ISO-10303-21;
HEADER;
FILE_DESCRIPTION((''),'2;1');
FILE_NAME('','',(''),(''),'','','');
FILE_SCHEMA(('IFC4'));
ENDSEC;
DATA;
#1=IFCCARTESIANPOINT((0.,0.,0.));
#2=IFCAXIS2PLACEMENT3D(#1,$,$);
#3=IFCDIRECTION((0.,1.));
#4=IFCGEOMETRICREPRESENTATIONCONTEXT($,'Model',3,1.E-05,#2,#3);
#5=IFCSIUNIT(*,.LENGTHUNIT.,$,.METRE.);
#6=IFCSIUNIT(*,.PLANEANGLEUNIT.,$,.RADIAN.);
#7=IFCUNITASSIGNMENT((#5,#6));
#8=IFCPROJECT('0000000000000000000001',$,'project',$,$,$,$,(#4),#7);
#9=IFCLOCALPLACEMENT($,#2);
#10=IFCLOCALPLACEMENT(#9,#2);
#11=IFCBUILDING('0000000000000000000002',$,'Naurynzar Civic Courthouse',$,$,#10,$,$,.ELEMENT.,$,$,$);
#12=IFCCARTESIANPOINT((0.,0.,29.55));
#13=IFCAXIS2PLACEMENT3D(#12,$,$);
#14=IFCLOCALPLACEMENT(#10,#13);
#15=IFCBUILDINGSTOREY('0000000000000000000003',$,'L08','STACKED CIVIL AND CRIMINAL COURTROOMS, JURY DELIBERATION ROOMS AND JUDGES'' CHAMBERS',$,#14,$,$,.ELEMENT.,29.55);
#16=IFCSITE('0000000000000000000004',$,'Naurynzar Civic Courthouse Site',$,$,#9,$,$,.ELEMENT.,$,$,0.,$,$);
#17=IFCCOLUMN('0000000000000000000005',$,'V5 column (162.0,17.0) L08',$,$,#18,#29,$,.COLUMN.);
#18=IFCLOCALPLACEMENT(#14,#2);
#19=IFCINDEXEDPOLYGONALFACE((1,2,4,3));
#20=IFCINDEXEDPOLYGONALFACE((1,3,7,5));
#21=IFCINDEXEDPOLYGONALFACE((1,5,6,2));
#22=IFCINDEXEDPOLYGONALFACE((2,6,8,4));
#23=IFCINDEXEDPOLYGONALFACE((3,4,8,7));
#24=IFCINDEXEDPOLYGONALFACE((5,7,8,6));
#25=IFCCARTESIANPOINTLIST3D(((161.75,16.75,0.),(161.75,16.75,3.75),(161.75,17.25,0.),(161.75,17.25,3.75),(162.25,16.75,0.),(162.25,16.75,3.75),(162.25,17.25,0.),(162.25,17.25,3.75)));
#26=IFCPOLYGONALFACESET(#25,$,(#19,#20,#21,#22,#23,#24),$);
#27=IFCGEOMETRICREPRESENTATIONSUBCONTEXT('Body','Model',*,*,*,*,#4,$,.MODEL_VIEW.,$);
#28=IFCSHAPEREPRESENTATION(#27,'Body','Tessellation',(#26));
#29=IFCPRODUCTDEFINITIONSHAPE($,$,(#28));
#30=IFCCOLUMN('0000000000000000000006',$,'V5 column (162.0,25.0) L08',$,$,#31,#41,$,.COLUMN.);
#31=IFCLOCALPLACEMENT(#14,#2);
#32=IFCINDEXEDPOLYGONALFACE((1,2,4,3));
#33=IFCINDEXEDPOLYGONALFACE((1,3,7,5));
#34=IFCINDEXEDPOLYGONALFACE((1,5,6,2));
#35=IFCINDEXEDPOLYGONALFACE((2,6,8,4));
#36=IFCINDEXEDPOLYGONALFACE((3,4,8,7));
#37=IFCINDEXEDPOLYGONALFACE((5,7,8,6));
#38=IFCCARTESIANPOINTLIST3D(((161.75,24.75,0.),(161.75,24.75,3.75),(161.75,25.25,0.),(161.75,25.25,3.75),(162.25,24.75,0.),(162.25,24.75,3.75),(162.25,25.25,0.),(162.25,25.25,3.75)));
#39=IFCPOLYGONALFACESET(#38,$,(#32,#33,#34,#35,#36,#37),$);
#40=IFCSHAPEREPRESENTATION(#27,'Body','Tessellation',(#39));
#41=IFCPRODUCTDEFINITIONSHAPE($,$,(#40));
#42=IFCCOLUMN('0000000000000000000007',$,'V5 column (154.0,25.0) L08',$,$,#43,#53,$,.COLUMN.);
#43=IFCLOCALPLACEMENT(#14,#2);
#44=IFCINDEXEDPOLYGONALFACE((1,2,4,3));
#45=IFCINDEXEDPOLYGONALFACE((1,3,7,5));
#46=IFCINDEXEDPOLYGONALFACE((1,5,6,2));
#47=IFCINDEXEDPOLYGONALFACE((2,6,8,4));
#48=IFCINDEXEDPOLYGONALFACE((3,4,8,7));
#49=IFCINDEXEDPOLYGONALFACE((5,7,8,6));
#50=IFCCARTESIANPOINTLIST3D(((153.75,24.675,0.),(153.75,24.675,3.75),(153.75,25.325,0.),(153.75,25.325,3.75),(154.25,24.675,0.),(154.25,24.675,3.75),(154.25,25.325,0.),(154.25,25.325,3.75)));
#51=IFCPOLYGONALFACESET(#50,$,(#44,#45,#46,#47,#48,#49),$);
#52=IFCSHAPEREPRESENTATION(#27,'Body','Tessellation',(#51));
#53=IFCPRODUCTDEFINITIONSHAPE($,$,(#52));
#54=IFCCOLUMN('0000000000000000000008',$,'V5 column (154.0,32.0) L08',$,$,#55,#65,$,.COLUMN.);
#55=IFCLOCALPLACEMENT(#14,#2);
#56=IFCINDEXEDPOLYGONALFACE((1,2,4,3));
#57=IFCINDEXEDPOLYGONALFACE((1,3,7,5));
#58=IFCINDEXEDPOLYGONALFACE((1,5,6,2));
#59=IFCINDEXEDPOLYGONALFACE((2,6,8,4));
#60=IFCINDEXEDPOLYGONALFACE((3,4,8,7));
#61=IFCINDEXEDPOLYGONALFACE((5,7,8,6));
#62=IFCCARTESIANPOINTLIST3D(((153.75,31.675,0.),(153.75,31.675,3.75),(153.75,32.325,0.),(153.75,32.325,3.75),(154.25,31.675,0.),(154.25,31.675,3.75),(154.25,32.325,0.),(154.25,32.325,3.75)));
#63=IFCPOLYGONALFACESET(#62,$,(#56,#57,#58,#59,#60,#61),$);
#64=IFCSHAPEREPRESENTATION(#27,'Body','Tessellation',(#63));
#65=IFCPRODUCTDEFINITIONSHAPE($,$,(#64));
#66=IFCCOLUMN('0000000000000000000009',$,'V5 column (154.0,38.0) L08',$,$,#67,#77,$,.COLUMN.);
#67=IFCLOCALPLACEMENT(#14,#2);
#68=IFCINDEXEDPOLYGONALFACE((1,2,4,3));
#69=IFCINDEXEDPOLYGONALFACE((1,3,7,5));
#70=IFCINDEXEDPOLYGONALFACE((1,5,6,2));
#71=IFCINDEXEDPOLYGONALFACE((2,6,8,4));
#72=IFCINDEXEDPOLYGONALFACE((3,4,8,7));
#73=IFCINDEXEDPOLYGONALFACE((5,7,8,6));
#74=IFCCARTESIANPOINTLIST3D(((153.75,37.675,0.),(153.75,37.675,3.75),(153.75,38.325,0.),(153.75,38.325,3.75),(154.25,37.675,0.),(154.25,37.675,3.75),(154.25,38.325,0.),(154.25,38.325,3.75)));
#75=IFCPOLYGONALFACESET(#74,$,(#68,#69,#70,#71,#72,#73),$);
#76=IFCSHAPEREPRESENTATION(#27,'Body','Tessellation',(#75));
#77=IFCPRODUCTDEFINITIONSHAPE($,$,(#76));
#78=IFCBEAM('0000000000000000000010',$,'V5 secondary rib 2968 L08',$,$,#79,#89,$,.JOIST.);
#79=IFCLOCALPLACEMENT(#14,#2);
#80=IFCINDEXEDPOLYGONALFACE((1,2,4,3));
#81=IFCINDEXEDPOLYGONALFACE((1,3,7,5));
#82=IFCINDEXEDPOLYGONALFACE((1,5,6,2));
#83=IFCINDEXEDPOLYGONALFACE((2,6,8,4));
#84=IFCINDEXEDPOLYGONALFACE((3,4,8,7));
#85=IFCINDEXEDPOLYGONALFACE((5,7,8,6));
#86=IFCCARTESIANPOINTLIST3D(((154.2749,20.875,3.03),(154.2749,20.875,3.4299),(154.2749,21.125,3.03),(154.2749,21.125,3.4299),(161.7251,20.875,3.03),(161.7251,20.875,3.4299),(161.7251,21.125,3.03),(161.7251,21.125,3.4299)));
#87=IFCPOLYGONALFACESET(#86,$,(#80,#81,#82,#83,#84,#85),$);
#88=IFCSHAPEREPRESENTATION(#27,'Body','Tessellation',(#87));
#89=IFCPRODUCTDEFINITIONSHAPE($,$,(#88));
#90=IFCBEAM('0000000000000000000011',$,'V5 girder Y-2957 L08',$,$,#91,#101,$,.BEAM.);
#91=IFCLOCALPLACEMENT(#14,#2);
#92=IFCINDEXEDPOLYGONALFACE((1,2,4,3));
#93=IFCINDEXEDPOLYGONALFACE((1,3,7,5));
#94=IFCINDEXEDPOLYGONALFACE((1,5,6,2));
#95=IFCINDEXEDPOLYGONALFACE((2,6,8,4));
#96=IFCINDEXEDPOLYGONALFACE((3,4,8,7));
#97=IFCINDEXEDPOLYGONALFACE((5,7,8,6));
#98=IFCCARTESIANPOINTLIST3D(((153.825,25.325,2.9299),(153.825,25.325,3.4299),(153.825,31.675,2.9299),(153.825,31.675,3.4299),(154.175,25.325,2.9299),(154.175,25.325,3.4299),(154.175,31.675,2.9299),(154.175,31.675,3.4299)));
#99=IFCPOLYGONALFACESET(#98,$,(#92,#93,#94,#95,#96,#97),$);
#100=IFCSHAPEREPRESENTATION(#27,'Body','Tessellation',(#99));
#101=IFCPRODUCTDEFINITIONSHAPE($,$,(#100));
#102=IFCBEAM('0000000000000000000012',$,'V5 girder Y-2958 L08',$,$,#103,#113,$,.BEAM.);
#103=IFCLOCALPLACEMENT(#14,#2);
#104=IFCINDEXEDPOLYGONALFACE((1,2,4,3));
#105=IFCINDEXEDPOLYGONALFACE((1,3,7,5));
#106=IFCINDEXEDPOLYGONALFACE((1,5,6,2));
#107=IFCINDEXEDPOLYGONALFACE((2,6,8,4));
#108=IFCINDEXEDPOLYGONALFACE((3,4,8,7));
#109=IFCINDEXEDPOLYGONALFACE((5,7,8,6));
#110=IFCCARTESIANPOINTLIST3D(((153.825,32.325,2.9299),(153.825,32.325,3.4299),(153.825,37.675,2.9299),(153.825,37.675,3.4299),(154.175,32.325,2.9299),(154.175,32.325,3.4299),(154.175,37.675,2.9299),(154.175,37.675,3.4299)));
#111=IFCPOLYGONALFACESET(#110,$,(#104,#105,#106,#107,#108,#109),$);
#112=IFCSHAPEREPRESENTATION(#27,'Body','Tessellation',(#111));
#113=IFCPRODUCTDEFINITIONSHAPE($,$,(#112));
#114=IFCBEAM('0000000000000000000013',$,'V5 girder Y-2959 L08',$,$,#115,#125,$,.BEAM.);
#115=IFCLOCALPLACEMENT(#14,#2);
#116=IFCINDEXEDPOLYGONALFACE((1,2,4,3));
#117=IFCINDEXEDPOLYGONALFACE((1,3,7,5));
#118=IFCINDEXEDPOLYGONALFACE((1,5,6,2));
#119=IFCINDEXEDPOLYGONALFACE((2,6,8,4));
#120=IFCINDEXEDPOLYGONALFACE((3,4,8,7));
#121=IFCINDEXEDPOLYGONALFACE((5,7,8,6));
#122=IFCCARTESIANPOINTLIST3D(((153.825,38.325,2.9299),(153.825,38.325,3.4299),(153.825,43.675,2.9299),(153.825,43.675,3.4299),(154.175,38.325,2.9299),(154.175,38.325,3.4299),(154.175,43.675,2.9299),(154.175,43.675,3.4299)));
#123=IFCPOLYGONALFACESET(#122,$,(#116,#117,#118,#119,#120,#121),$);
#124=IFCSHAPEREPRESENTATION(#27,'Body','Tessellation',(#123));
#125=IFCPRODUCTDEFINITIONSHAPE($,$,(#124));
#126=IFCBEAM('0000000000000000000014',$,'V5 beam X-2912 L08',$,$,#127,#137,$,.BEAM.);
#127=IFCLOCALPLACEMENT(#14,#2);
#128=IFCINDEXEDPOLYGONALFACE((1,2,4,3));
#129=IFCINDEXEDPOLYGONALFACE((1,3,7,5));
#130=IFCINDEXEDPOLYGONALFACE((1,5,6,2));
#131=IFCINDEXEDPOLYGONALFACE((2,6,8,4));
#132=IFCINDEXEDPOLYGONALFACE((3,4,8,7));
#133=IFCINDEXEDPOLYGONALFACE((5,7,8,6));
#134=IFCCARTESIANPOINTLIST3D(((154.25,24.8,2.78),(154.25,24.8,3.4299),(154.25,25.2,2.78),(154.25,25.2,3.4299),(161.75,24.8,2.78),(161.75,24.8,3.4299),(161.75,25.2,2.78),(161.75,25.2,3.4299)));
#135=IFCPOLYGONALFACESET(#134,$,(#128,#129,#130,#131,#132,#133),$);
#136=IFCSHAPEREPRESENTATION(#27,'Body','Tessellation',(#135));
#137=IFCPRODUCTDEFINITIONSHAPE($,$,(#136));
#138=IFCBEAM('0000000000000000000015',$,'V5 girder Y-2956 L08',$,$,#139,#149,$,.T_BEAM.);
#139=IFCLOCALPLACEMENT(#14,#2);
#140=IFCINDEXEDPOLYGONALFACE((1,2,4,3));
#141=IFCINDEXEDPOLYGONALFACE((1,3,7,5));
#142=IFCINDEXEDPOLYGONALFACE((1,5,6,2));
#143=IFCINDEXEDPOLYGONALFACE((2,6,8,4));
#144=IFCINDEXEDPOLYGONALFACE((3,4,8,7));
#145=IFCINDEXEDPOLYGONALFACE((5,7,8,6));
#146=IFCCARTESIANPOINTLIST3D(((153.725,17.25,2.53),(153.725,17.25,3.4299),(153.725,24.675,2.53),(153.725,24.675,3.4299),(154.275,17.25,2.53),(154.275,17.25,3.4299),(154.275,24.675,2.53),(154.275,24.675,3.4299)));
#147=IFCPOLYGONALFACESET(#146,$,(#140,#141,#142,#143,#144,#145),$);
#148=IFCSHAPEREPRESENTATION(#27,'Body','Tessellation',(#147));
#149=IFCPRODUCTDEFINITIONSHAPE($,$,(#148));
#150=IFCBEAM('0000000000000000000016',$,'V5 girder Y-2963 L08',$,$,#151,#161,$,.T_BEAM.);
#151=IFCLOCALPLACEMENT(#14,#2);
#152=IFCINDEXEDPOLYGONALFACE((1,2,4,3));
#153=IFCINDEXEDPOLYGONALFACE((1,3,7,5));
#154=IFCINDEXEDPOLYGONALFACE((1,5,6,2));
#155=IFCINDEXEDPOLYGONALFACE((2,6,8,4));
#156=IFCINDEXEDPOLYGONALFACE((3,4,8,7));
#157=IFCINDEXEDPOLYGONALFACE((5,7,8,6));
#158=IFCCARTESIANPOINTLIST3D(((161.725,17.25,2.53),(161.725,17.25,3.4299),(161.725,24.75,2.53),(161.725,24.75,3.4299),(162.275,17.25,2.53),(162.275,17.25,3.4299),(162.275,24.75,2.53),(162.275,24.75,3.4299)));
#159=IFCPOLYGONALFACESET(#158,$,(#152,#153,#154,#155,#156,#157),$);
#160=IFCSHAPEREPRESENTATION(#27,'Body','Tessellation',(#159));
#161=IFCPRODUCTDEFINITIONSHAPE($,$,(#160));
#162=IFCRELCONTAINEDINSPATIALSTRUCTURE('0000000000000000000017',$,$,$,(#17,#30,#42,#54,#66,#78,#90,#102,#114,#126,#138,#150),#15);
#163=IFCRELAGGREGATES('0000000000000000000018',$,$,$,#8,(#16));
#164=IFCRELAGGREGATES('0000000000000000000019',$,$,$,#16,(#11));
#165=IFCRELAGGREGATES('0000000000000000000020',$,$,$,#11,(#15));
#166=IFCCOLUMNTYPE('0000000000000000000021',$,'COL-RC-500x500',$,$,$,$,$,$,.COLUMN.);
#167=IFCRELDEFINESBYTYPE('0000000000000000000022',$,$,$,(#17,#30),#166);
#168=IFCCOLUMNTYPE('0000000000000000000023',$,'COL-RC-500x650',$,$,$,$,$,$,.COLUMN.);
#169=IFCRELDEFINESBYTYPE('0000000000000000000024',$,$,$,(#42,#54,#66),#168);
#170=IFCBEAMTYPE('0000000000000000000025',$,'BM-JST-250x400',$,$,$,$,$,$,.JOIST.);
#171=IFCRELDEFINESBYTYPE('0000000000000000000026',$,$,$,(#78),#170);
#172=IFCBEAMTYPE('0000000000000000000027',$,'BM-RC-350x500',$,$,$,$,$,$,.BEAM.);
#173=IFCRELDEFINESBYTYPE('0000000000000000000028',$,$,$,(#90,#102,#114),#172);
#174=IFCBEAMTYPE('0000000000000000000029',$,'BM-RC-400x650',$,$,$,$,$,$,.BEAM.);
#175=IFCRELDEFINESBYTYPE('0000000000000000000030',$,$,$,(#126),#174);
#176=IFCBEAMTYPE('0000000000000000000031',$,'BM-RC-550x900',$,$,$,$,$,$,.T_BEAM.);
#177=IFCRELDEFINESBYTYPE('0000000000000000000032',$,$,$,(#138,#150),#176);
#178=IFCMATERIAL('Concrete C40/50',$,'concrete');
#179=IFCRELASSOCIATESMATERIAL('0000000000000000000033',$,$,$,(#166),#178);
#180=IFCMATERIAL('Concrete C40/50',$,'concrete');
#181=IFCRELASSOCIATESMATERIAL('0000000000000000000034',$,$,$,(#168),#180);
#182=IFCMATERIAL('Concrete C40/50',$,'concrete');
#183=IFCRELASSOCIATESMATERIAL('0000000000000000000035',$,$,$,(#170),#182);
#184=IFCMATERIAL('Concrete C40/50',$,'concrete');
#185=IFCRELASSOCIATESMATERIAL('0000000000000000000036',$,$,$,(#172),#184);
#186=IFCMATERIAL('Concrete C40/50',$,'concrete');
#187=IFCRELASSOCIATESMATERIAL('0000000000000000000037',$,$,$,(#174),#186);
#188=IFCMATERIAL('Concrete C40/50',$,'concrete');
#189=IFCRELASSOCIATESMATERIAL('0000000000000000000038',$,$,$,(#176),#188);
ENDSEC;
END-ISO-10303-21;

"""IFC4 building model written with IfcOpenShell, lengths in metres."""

from ifc_helpers import new_model, si_unit, direction, frame, origin, origin_2d, place, context, subcontext, project, spatial, rectangle, extrude, material, material_profile, profile_set, type_object, element, save


model = new_model("IFC4")

# Units and contexts
model_context = context("Model", 3, precision=1e-05, world=origin(), true_north=direction((0.0, 1.0)))
body_context = subcontext(model_context, "Body", "Model", "MODEL_VIEW")
ifc_project = project(units=[si_unit("LENGTHUNIT", "METRE"), si_unit("PLANEANGLEUNIT", "RADIAN")], contexts=[model_context])

# Site, building, storey
site_placement = place(None, origin())
site = spatial("IfcSite", under=ifc_project, at=site_placement, Name="Naurynzar Civic Courthouse Site", CompositionType="ELEMENT", RefElevation=0.0)
building_placement = place(site_placement, origin())
building = spatial("IfcBuilding", under=site, at=building_placement, Name="Naurynzar Civic Courthouse", CompositionType="ELEMENT")
storey_placement = place(building_placement, frame((0.0, 0.0, 29.55)))
storey = spatial("IfcBuildingStorey", under=building, at=storey_placement, Name="L08", Description="STACKED CIVIL AND CRIMINAL COURTROOMS, JURY DELIBERATION ROOMS AND JUDGES' CHAMBERS", CompositionType="ELEMENT", Elevation=29.55)

# Columns
ifc_material_1 = material(Name="Concrete C40/50", Category="concrete")
ifc_material_profile_1 = material_profile(ifc_material_1, rectangle(XDim=0.5, YDim=0.5, at=origin_2d()), Name="RC 500x500")
ifc_profile_set_1 = profile_set([ifc_material_profile_1], Name="Concrete C40/50")
column_type_1 = type_object("IfcColumnType", Name="COL-RC-500x500", PredefinedType="COLUMN", material=ifc_profile_set_1)
for number, where, z_axis, x_axis, name in (
    (1, (162.0, 17.0, 0.0), (0.0, 0.0, 1.0), (1.0, 0.0, 0.0), "V5 column (162.0,17.0) L08"),
    (2, (162.0, 25.0, 0.0), (0.0, 0.0, 1.0), (1.0, 0.0, 0.0), "V5 column (162.0,25.0) L08"),
):
    element("IfcColumn", number, at=place(storey_placement, frame(where, z_axis=z_axis, x_axis=x_axis)), inside=storey, type_object=column_type_1, Name=name, PredefinedType="COLUMN", context=body_context, shape_type="SweptSolid", body=[
        extrude(rectangle(XDim=0.5, YDim=0.5, at=origin_2d()), origin(), (0.0, 0.0, 1.0), 3.75),
    ])
ifc_material_2 = material(Name="Concrete C40/50", Category="concrete")
ifc_material_profile_2 = material_profile(ifc_material_2, rectangle(XDim=0.5, YDim=0.6499, at=origin_2d()), Name="RC 500x650")
ifc_profile_set_2 = profile_set([ifc_material_profile_2], Name="Concrete C40/50")
column_type_2 = type_object("IfcColumnType", Name="COL-RC-500x650", PredefinedType="COLUMN", material=ifc_profile_set_2)
for number, where, z_axis, x_axis, name in (
    (3, (154.0, 25.0, 0.0), (0.0, 0.0, 1.0), (1.0, 0.0, 0.0), "V5 column (154.0,25.0) L08"),
    (4, (154.0, 32.0, 0.0), (0.0, 0.0, 1.0), (1.0, 0.0, 0.0), "V5 column (154.0,32.0) L08"),
    (5, (154.0, 38.0, 0.0), (0.0, 0.0, 1.0), (1.0, 0.0, 0.0), "V5 column (154.0,38.0) L08"),
):
    element("IfcColumn", number, at=place(storey_placement, frame(where, z_axis=z_axis, x_axis=x_axis)), inside=storey, type_object=column_type_2, Name=name, PredefinedType="COLUMN", context=body_context, shape_type="SweptSolid", body=[
        extrude(rectangle(XDim=0.5, YDim=0.6499, at=origin_2d()), origin(), (0.0, 0.0, 1.0), 3.75),
    ])

# Beams
ifc_material_3 = material(Name="Concrete C40/50", Category="concrete")
ifc_material_profile_3 = material_profile(ifc_material_3, rectangle(XDim=0.25, YDim=0.3999, at=origin_2d()), Name="RCB 250x400")
ifc_profile_set_3 = profile_set([ifc_material_profile_3], Name="Concrete C40/50")
beam_type_1 = type_object("IfcBeamType", Name="BM-JST-250x400", PredefinedType="JOIST", material=ifc_profile_set_3)
beam_1_placement = place(storey_placement, frame((154.2749, 21.0, 3.23), z_axis=(1.0, 0.0, 0.0), x_axis=(0.0, 1.0, 0.0)))
element("IfcBeam", 6, at=beam_1_placement, inside=storey, type_object=beam_type_1, Name="V5 secondary rib 2968 L08", PredefinedType="JOIST", context=body_context, shape_type="SweptSolid", body=[
    extrude(rectangle(XDim=0.25, YDim=0.3999, at=origin_2d()), origin(), (0.0, 0.0, 1.0), 7.4502),
])
ifc_material_4 = material(Name="Concrete C40/50", Category="concrete")
ifc_material_profile_4 = material_profile(ifc_material_4, rectangle(XDim=0.3501, YDim=0.5, at=origin_2d()), Name="RCB 350x500")
ifc_profile_set_4 = profile_set([ifc_material_profile_4], Name="Concrete C40/50")
beam_type_2 = type_object("IfcBeamType", Name="BM-RC-350x500", PredefinedType="BEAM", material=ifc_profile_set_4)
beam_2_placement = place(storey_placement, frame((154.0, 25.325, 3.1799), z_axis=(0.0, 1.0, 0.0), x_axis=(-1.0, 0.0, 0.0)))
element("IfcBeam", 7, at=beam_2_placement, inside=storey, type_object=beam_type_2, Name="V5 girder Y-2957 L08", PredefinedType="BEAM", context=body_context, shape_type="SweptSolid", body=[
    extrude(rectangle(XDim=0.3501, YDim=0.5, at=origin_2d()), origin(), (0.0, 0.0, 1.0), 6.3501),
])
for number, where, z_axis, x_axis, name in (
    (8, (154.0, 32.325, 3.1799), (0.0, 1.0, 0.0), (-1.0, 0.0, 0.0), "V5 girder Y-2958 L08"),
    (9, (154.0, 38.325, 3.1799), (0.0, 1.0, 0.0), (-1.0, 0.0, 0.0), "V5 girder Y-2959 L08"),
):
    element("IfcBeam", number, at=place(storey_placement, frame(where, z_axis=z_axis, x_axis=x_axis)), inside=storey, type_object=beam_type_2, Name=name, PredefinedType="BEAM", context=body_context, shape_type="SweptSolid", body=[
        extrude(rectangle(XDim=0.3501, YDim=0.5, at=origin_2d()), origin(), (0.0, 0.0, 1.0), 5.3501),
    ])
ifc_material_5 = material(Name="Concrete C40/50", Category="concrete")
ifc_material_profile_5 = material_profile(ifc_material_5, rectangle(XDim=0.3999, YDim=0.6499, at=origin_2d()), Name="RCB 400x650")
ifc_profile_set_5 = profile_set([ifc_material_profile_5], Name="Concrete C40/50")
beam_type_3 = type_object("IfcBeamType", Name="BM-RC-400x650", PredefinedType="BEAM", material=ifc_profile_set_5)
beam_3_placement = place(storey_placement, frame((154.25, 25.0, 3.105), z_axis=(1.0, 0.0, 0.0), x_axis=(0.0, 1.0, 0.0)))
element("IfcBeam", 10, at=beam_3_placement, inside=storey, type_object=beam_type_3, Name="V5 beam X-2912 L08", PredefinedType="BEAM", context=body_context, shape_type="SweptSolid", body=[
    extrude(rectangle(XDim=0.3999, YDim=0.6499, at=origin_2d()), origin(), (0.0, 0.0, 1.0), 7.5),
])
ifc_material_6 = material(Name="Concrete C40/50", Category="concrete")
ifc_material_profile_6 = material_profile(ifc_material_6, rectangle(XDim=0.55, YDim=0.8999, at=origin_2d()), Name="RCB 550x900")
ifc_profile_set_6 = profile_set([ifc_material_profile_6], Name="Concrete C40/50")
beam_type_4 = type_object("IfcBeamType", Name="BM-RC-550x900", PredefinedType="T_BEAM", material=ifc_profile_set_6)
beam_4_placement = place(storey_placement, frame((154.0, 17.25, 2.98), z_axis=(0.0, 1.0, 0.0), x_axis=(-1.0, 0.0, 0.0)))
element("IfcBeam", 11, at=beam_4_placement, inside=storey, type_object=beam_type_4, Name="V5 girder Y-2956 L08", PredefinedType="T_BEAM", context=body_context, shape_type="SweptSolid", body=[
    extrude(rectangle(XDim=0.55, YDim=0.8999, at=origin_2d()), origin(), (0.0, 0.0, 1.0), 7.425),
])
beam_5_placement = place(storey_placement, frame((162.0, 17.25, 2.98), z_axis=(0.0, 1.0, 0.0), x_axis=(-1.0, 0.0, 0.0)))
element("IfcBeam", 12, at=beam_5_placement, inside=storey, type_object=beam_type_4, Name="V5 girder Y-2963 L08", PredefinedType="T_BEAM", context=body_context, shape_type="SweptSolid", body=[
    extrude(rectangle(XDim=0.55, YDim=0.8999, at=origin_2d()), origin(), (0.0, 0.0, 1.0), 7.5),
])

save(model, "model.ifc")
